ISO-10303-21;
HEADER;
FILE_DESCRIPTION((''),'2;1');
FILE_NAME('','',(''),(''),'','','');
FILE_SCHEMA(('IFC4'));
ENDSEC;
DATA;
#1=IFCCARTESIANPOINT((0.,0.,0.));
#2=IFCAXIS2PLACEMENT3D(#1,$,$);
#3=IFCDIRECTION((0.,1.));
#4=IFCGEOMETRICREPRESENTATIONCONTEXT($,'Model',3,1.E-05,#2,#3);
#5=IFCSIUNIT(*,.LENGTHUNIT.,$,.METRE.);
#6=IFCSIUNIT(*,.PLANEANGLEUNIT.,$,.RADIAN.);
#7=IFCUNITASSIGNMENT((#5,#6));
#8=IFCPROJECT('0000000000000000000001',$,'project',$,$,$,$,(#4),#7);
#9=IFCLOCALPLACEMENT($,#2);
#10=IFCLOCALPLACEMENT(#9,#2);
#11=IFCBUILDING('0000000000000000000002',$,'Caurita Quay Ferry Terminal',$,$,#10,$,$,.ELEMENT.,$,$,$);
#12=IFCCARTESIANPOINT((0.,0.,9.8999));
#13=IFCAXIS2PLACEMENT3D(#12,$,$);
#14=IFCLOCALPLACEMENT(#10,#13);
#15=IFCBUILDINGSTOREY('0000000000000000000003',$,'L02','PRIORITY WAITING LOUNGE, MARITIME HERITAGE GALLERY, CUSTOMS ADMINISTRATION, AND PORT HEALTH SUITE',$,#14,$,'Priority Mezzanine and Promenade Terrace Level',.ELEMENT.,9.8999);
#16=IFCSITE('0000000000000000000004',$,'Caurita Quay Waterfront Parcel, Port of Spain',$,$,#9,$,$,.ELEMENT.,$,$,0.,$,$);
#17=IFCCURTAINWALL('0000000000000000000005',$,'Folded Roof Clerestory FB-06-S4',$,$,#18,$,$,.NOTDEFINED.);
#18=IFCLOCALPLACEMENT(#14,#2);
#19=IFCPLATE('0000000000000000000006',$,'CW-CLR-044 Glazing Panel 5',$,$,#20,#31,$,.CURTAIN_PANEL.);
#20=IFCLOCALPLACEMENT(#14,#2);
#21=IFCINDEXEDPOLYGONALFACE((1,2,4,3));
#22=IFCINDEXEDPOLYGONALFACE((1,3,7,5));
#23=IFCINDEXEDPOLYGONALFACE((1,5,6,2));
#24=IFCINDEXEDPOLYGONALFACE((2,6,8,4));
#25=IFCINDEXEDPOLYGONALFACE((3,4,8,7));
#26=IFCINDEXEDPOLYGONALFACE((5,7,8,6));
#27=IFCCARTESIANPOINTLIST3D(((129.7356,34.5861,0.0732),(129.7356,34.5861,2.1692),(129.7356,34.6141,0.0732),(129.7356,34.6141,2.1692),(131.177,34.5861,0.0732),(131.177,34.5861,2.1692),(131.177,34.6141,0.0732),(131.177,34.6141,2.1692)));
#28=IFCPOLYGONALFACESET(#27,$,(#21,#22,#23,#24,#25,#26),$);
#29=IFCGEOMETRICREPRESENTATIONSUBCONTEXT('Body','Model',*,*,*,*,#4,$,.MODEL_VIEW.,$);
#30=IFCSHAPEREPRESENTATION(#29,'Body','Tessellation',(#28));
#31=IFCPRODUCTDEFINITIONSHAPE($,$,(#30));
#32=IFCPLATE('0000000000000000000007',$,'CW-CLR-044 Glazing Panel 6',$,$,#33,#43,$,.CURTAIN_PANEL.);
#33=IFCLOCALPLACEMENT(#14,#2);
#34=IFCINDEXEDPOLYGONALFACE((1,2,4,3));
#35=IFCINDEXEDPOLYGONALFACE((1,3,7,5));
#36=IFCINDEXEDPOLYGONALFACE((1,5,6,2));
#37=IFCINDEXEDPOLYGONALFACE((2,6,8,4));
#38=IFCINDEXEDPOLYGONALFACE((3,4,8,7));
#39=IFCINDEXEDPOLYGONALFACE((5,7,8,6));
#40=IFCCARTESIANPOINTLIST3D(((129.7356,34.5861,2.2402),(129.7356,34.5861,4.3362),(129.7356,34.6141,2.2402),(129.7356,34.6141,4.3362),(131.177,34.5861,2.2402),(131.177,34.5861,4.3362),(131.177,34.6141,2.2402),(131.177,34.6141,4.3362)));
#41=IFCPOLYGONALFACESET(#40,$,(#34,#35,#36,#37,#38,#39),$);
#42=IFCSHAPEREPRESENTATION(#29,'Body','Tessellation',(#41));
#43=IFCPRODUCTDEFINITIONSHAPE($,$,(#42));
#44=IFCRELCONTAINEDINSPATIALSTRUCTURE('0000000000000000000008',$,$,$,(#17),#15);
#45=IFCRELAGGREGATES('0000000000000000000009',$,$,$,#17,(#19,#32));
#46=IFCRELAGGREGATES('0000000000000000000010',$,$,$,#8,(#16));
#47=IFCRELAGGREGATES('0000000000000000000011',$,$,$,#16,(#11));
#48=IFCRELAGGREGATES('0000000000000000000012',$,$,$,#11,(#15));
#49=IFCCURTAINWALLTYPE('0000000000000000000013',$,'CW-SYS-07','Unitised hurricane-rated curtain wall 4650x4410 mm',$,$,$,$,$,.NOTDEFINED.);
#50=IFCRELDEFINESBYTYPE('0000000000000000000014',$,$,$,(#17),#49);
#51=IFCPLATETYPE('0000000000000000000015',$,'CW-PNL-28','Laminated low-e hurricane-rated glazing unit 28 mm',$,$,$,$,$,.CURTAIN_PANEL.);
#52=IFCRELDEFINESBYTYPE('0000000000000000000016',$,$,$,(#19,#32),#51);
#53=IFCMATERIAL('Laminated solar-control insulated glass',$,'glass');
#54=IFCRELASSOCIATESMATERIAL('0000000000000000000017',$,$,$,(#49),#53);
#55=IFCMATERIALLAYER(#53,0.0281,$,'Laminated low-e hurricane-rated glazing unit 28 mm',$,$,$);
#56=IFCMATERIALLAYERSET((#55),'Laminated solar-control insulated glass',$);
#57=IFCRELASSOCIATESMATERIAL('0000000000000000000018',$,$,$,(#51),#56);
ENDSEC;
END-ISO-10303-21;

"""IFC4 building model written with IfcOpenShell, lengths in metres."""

from ifc_helpers import new_model, si_unit, direction, frame, origin, origin_2d, place, context, subcontext, project, spatial, rectangle, extrude, material, layer, layer_set, type_object, element, aggregate, save


model = new_model("IFC4")

# Units and contexts
model_context = context("Model", 3, precision=1e-05, world=origin(), true_north=direction((0.0, 1.0)))
body_context = subcontext(model_context, "Body", "Model", "MODEL_VIEW")
ifc_project = project(units=[si_unit("LENGTHUNIT", "METRE"), si_unit("PLANEANGLEUNIT", "RADIAN")], contexts=[model_context])

# Site, building, storey
site_placement = place(None, origin())
site = spatial("IfcSite", under=ifc_project, at=site_placement, Name="Caurita Quay Waterfront Parcel, Port of Spain", CompositionType="ELEMENT", RefElevation=0.0)
building_placement = place(site_placement, origin())
building = spatial("IfcBuilding", under=site, at=building_placement, Name="Caurita Quay Ferry Terminal", CompositionType="ELEMENT")
storey_placement = place(building_placement, frame((0.0, 0.0, 9.8999)))
storey = spatial("IfcBuildingStorey", under=building, at=storey_placement, Name="L02", Description="PRIORITY WAITING LOUNGE, MARITIME HERITAGE GALLERY, CUSTOMS ADMINISTRATION, AND PORT HEALTH SUITE", LongName="Priority Mezzanine and Promenade Terrace Level", CompositionType="ELEMENT", Elevation=9.8999)

# Curtain wall, plates
ifc_material_1 = material(Name="Laminated solar-control insulated glass", Category="glass")
curtain_wall_type = type_object("IfcCurtainWallType", Name="CW-SYS-07", Description="Unitised hurricane-rated curtain wall 4650x4410 mm", PredefinedType="NOTDEFINED", material=ifc_material_1)
curtain_wall_placement = place(storey_placement, origin())
curtain_wall = element("IfcCurtainWall", 1, at=curtain_wall_placement, inside=storey, type_object=curtain_wall_type, Name="Folded Roof Clerestory FB-06-S4", PredefinedType="NOTDEFINED")
ifc_layer = layer(ifc_material_1, 0.0281, Name="Laminated low-e hurricane-rated glazing unit 28 mm")
ifc_layer_set = layer_set([ifc_layer], Name="Laminated solar-control insulated glass")
plate_type = type_object("IfcPlateType", Name="CW-PNL-28", Description="Laminated low-e hurricane-rated glazing unit 28 mm", PredefinedType="CURTAIN_PANEL", material=ifc_layer_set)
plate_1_placement = place(storey_placement, frame((130.4563, 34.6001, 0.0732), z_axis=(0.0, 0.0, 1.0), x_axis=(1.0, 0.0, 0.0)))
plate_1 = element("IfcPlate", 2, at=plate_1_placement, type_object=plate_type, Name="CW-CLR-044 Glazing Panel 5", PredefinedType="CURTAIN_PANEL", context=body_context, shape_type="SweptSolid", body=[
    extrude(rectangle(XDim=1.4414, YDim=0.0281, at=origin_2d()), origin(), (0.0, 0.0, 1.0), 2.0959),
])
plate_2_placement = place(storey_placement, frame((130.4563, 34.6001, 2.2402), z_axis=(0.0, 0.0, 1.0), x_axis=(1.0, 0.0, 0.0)))
plate_2 = element("IfcPlate", 3, at=plate_2_placement, type_object=plate_type, Name="CW-CLR-044 Glazing Panel 6", PredefinedType="CURTAIN_PANEL", context=body_context, shape_type="SweptSolid", body=[
    extrude(rectangle(XDim=1.4414, YDim=0.0281, at=origin_2d()), origin(), (0.0, 0.0, 1.0), 2.0959),
])
aggregate(curtain_wall, [plate_1, plate_2])

save(model, "model.ifc")
